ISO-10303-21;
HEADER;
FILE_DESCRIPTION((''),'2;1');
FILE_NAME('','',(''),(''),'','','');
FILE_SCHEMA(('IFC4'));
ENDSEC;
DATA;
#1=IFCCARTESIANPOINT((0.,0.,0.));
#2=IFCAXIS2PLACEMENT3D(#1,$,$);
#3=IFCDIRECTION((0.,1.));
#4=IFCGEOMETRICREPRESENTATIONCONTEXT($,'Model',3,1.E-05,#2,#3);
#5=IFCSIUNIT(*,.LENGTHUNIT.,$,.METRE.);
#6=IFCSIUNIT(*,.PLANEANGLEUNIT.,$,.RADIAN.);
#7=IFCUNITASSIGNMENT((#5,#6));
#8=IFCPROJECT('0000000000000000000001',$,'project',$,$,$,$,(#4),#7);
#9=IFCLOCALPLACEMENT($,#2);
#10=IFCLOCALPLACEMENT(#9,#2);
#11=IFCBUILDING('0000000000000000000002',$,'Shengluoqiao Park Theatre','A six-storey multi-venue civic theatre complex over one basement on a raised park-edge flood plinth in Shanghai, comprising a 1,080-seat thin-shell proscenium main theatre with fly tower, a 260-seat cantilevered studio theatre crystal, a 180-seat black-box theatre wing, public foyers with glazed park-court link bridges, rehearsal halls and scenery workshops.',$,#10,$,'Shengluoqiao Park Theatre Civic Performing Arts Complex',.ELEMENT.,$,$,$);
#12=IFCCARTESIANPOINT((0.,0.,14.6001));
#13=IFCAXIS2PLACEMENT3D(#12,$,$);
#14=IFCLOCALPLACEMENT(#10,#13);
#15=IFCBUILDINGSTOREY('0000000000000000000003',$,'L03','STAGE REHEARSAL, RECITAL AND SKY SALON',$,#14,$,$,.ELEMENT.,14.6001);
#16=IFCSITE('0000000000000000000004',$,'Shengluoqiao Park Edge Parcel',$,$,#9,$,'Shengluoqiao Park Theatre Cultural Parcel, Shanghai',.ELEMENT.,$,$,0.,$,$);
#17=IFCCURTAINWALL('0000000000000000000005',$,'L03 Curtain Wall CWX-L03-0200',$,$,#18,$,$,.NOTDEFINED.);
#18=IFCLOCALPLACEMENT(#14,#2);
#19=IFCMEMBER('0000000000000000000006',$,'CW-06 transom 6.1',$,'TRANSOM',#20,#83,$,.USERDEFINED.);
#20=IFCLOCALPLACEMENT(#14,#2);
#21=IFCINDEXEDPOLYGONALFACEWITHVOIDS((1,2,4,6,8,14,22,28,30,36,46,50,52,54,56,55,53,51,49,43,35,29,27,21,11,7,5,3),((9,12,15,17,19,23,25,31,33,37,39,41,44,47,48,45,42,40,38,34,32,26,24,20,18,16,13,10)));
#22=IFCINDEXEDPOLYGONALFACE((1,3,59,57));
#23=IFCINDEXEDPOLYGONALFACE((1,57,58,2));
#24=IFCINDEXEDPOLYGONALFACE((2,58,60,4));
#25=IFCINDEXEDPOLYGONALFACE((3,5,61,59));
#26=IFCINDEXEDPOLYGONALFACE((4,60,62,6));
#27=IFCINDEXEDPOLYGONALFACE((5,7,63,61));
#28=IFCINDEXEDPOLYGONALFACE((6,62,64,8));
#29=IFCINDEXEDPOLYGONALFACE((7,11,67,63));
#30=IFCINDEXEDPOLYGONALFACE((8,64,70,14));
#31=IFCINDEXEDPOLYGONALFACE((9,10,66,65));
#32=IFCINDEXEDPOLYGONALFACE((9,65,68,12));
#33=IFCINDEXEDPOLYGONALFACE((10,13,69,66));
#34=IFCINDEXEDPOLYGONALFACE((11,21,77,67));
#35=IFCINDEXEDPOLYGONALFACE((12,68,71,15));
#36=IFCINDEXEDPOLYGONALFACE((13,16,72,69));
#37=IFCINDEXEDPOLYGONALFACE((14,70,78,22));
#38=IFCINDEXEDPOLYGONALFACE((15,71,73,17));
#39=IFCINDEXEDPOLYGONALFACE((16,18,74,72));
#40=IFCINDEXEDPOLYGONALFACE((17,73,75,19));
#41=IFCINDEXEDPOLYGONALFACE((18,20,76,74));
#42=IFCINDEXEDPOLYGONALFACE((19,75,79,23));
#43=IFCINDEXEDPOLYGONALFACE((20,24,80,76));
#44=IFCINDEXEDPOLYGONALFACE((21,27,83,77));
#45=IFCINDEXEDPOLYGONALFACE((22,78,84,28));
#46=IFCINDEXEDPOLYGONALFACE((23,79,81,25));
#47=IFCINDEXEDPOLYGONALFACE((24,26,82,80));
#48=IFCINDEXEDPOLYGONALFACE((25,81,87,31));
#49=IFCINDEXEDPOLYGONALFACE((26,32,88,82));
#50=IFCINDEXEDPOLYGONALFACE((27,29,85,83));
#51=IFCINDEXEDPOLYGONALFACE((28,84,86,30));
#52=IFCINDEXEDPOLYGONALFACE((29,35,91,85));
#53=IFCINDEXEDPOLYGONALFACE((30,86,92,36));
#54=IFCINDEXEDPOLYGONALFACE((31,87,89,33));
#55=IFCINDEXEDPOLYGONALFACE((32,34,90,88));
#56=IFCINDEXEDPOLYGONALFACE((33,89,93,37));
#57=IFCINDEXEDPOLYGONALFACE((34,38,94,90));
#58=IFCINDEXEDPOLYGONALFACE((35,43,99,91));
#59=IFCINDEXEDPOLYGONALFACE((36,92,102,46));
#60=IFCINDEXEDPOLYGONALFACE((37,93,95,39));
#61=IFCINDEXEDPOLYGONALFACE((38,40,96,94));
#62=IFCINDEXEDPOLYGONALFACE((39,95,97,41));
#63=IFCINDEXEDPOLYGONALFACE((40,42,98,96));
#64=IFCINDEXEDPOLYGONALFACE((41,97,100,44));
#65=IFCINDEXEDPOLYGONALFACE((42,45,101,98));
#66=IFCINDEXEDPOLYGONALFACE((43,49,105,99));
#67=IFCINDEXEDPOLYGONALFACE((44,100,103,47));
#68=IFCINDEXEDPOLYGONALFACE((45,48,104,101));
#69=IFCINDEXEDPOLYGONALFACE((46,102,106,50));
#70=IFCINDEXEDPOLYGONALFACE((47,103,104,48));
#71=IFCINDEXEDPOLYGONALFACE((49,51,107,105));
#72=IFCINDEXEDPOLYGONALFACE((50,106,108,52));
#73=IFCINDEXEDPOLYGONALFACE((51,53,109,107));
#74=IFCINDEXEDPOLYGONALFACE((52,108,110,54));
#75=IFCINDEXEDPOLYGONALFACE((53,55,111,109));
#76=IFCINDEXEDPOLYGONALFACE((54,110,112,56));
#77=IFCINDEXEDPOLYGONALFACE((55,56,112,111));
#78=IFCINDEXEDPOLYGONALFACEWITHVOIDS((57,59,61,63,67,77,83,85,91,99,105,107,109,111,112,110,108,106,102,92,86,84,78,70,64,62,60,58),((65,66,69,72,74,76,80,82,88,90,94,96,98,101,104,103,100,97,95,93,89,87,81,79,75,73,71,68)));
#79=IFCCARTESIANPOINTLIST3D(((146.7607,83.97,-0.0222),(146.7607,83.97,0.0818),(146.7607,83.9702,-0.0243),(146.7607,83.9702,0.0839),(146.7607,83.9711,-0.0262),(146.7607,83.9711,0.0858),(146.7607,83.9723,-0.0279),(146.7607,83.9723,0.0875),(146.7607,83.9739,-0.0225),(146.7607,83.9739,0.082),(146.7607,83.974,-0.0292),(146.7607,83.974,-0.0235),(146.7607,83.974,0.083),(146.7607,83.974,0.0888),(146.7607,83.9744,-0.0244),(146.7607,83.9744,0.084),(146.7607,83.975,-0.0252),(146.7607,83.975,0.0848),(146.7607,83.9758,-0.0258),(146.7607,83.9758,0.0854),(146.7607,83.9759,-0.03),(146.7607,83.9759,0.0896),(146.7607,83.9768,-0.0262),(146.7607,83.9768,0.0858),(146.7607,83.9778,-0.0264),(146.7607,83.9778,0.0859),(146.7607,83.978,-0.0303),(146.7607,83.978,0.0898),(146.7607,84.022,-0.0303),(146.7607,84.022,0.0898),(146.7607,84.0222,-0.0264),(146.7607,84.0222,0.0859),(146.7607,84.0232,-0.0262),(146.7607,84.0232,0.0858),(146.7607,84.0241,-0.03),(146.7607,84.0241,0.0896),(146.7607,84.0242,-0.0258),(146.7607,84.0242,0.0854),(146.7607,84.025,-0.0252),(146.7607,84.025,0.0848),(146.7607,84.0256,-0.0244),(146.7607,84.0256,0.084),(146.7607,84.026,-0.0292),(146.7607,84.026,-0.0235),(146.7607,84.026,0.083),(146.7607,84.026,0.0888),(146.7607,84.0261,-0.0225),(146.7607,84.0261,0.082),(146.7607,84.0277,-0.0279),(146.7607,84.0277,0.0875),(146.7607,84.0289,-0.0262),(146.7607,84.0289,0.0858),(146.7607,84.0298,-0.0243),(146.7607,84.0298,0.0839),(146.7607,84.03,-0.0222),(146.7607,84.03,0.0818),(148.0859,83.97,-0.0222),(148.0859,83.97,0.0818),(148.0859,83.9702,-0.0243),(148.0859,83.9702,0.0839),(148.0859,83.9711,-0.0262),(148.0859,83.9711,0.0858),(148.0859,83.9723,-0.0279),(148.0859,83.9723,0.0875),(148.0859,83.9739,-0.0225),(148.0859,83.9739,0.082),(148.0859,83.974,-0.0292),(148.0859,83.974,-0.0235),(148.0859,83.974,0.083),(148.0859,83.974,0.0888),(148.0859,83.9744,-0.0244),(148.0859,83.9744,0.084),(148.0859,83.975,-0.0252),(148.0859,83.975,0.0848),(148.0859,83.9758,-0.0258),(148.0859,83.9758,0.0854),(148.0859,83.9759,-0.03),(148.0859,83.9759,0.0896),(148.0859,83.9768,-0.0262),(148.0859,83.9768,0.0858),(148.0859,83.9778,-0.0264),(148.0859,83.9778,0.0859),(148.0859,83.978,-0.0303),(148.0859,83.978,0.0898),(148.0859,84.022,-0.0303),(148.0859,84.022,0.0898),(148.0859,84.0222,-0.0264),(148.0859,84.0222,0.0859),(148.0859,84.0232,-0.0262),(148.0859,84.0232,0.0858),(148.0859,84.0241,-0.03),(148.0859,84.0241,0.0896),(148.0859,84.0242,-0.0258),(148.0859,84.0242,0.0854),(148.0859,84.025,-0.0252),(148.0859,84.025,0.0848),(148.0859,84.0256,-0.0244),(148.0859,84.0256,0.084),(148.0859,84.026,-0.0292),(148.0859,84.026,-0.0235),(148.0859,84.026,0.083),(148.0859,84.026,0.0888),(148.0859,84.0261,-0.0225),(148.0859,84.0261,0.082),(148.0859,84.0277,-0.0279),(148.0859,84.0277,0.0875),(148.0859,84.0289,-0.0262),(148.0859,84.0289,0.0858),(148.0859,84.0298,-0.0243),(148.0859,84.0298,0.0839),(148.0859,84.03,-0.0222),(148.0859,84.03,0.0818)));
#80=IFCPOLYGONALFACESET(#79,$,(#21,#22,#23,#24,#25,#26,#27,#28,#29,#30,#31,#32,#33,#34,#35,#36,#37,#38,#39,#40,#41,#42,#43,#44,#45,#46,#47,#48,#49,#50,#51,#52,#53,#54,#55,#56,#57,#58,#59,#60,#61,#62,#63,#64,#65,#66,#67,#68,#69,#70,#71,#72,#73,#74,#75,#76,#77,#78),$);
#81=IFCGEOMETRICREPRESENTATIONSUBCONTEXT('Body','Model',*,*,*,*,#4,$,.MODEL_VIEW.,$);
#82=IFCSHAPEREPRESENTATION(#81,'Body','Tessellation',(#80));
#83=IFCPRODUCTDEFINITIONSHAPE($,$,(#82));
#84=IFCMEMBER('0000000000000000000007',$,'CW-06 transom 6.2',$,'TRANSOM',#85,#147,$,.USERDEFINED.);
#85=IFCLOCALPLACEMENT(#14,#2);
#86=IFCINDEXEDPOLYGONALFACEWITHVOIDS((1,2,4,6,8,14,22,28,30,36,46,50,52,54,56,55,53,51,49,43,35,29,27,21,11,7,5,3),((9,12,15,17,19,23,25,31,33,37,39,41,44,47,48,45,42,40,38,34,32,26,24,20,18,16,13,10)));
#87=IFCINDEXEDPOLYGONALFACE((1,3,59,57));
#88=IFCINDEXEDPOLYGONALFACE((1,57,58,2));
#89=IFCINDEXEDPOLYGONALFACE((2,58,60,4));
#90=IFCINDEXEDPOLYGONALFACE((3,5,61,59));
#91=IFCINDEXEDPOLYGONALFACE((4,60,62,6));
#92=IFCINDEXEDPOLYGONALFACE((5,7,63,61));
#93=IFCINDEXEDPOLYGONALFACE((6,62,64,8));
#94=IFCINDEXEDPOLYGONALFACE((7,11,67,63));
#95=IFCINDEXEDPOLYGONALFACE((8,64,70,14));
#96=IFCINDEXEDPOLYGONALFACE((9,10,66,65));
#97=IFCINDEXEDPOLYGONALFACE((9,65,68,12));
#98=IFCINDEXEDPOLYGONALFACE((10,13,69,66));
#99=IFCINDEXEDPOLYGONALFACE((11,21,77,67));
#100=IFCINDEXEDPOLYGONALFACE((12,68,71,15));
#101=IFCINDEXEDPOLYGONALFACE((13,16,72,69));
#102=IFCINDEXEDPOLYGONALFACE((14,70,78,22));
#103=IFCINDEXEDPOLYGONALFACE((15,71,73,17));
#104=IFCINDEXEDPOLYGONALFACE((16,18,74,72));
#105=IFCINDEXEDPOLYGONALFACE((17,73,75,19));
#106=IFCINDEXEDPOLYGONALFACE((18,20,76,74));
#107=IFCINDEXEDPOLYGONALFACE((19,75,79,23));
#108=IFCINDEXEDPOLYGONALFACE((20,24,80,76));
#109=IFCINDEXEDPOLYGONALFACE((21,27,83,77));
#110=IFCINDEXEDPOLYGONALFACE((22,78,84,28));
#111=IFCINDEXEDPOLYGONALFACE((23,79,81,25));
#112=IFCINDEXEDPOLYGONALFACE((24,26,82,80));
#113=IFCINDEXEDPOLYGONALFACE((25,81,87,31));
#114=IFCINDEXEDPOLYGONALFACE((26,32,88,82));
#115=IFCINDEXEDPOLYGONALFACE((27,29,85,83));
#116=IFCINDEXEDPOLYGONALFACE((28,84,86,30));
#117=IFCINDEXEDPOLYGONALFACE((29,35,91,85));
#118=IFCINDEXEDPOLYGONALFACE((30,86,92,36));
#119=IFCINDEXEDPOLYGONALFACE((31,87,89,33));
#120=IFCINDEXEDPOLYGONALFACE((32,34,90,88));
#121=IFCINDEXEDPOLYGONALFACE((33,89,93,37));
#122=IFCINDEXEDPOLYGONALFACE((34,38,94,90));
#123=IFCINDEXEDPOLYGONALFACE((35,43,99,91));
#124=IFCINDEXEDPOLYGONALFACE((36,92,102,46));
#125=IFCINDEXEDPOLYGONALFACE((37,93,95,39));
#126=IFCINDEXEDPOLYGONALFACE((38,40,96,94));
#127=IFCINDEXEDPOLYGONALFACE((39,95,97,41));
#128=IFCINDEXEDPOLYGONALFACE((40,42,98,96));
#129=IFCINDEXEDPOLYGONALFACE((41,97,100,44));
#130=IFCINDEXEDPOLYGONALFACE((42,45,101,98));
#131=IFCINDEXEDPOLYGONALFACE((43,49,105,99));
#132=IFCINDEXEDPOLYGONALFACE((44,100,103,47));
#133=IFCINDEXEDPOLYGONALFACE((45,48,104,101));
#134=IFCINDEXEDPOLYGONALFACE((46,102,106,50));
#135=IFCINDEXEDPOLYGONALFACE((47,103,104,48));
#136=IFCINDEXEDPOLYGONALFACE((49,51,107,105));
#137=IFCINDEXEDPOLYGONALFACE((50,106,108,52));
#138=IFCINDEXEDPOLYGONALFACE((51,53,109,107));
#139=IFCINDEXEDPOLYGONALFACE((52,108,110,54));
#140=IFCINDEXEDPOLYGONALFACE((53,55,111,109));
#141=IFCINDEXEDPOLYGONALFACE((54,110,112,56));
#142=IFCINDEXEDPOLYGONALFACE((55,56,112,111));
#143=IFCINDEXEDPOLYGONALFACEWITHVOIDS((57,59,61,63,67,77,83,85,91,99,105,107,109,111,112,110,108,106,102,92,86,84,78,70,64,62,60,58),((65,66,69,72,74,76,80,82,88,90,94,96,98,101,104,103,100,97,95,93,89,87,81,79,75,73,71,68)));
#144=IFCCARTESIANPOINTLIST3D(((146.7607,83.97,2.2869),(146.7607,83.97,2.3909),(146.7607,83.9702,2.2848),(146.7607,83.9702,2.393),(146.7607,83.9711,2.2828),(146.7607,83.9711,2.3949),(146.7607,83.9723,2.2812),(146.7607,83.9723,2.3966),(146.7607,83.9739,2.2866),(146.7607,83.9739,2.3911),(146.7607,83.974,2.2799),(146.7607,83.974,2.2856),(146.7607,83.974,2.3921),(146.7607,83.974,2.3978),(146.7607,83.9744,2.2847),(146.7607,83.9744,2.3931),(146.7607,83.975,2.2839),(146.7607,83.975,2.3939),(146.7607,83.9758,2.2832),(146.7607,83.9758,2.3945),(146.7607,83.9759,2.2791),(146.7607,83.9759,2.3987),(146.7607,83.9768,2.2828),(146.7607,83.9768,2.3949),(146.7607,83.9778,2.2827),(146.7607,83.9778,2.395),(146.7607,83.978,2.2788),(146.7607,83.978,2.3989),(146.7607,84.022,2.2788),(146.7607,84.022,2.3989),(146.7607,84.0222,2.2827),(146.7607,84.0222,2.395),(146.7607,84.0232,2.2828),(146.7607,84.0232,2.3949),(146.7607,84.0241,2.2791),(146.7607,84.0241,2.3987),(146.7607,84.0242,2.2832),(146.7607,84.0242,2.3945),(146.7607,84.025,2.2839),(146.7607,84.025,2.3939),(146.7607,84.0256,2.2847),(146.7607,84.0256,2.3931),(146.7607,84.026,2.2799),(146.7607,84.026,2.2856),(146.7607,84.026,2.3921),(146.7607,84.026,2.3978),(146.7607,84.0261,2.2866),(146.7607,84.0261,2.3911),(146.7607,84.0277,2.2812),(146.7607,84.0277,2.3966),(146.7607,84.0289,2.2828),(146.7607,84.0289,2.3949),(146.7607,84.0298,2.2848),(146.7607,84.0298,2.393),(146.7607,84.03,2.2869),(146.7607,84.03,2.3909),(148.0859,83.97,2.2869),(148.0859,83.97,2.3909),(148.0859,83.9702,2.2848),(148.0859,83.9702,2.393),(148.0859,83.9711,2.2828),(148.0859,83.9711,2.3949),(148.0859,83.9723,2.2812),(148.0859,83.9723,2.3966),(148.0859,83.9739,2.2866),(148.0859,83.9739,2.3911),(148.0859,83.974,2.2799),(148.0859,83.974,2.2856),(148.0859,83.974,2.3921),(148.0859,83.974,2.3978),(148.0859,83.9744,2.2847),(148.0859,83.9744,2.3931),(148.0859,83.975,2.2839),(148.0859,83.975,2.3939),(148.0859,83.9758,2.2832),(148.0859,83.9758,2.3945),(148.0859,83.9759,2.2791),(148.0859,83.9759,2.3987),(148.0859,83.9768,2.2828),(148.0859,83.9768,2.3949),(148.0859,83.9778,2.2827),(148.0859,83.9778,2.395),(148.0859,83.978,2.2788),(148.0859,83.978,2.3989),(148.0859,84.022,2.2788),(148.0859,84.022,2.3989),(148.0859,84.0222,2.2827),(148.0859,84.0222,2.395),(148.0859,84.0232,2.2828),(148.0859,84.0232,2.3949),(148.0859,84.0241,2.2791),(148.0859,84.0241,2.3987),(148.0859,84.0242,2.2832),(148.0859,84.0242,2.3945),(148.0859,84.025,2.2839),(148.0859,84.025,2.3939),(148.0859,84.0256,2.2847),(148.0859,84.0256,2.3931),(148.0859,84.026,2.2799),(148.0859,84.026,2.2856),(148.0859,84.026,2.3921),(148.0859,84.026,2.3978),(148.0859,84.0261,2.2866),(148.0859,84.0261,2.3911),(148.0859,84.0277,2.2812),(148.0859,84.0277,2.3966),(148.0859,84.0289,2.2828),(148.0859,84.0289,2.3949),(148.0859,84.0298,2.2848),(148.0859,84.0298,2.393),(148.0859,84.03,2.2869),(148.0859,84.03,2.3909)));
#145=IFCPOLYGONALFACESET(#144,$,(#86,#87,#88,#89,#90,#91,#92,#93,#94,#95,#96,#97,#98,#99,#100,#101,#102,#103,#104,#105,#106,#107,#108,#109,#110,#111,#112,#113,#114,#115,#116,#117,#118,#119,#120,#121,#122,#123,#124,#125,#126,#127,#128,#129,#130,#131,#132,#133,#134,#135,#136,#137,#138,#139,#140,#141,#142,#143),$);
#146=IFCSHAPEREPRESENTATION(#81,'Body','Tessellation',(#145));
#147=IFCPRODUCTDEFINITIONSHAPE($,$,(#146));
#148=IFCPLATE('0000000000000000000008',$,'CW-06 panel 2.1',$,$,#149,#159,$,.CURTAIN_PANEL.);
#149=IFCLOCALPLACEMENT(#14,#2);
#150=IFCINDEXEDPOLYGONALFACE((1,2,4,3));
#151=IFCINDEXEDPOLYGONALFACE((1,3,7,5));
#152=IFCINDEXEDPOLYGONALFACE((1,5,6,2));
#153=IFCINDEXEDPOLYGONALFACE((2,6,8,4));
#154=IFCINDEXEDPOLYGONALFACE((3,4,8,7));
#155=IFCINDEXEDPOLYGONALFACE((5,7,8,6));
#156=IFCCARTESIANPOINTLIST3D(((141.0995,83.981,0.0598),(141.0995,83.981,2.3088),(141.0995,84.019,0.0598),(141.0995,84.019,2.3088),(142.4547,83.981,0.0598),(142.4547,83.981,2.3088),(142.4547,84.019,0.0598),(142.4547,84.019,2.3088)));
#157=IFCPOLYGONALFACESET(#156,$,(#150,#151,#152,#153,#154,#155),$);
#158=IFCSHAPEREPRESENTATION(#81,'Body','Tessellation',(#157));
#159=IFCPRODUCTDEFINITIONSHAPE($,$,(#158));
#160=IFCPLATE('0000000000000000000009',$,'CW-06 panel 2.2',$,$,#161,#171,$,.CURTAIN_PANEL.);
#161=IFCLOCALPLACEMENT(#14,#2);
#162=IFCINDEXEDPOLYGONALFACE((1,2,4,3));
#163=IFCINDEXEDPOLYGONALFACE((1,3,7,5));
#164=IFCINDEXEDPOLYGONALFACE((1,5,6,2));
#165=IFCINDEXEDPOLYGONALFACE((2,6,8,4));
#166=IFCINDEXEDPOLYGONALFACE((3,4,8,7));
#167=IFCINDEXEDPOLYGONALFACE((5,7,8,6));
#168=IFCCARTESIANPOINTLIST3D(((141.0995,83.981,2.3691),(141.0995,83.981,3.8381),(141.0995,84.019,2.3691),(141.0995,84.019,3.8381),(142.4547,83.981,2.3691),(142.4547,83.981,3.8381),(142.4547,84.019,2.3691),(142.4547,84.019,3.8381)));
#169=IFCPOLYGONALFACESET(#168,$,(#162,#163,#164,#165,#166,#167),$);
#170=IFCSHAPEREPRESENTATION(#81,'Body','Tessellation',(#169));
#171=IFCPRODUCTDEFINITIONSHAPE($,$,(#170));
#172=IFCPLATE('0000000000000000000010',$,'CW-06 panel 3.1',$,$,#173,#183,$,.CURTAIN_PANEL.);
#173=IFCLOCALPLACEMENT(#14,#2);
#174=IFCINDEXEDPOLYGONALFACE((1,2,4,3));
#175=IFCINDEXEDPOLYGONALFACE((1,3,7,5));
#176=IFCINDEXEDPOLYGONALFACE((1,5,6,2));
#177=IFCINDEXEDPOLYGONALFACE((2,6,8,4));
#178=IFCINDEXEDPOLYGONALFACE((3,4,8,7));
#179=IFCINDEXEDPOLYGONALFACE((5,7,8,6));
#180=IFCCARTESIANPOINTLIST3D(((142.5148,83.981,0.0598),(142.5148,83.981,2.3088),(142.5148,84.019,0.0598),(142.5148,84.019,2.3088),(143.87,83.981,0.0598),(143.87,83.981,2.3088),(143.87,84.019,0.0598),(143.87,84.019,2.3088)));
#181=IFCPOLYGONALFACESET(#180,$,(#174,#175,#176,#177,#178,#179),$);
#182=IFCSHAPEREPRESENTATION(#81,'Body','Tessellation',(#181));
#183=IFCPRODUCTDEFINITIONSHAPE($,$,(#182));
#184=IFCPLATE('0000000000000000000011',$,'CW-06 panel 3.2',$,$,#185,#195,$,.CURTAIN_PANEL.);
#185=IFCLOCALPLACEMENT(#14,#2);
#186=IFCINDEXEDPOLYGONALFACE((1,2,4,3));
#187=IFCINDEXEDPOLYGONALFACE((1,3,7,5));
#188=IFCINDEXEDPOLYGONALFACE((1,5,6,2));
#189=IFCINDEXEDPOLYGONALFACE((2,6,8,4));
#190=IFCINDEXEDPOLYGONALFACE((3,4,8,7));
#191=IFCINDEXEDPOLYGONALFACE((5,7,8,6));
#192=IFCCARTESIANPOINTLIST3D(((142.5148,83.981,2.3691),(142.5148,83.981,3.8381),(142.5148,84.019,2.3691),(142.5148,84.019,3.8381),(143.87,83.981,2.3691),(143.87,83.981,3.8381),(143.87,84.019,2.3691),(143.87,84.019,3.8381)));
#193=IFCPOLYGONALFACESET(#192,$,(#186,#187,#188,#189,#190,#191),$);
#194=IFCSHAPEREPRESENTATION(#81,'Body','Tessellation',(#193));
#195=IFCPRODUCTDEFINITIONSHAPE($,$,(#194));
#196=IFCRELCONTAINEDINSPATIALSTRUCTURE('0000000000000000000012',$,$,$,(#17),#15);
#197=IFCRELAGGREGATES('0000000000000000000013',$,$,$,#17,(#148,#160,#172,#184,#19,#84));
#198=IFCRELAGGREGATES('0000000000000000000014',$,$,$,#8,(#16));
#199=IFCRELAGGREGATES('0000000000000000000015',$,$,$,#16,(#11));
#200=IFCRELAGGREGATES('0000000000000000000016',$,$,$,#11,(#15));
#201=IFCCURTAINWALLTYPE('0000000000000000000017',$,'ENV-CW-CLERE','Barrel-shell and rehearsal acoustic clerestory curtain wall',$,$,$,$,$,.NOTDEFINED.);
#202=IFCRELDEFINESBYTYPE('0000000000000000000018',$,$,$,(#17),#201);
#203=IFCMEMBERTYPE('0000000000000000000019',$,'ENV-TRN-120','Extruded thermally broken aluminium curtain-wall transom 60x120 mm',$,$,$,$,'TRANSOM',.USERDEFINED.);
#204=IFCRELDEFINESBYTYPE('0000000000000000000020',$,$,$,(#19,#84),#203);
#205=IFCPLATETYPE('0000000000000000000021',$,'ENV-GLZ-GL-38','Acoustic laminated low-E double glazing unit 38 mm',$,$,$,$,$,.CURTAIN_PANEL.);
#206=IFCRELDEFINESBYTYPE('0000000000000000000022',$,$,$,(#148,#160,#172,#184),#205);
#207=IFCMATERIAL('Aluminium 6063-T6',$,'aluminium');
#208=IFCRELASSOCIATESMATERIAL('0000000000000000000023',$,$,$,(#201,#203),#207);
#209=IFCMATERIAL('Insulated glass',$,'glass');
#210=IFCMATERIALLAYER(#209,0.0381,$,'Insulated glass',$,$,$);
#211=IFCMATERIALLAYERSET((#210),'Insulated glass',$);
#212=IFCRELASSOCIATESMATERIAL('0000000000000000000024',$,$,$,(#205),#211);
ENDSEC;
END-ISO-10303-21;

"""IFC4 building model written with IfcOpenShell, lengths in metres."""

from ifc_helpers import new_model, si_unit, direction, frame, origin, origin_2d, place, context, subcontext, project, spatial, rectangle, hollow_rectangle, extrude, material, layer, layer_set, material_profile, profile_set, type_object, element, aggregate, save


model = new_model("IFC4")

# Units and contexts
model_context = context("Model", 3, precision=1e-05, world=origin(), true_north=direction((0.0, 1.0)))
body_context = subcontext(model_context, "Body", "Model", "MODEL_VIEW")
ifc_project = project(units=[si_unit("LENGTHUNIT", "METRE"), si_unit("PLANEANGLEUNIT", "RADIAN")], contexts=[model_context])

# Site, building, storey
site_placement = place(None, origin())
site = spatial("IfcSite", under=ifc_project, at=site_placement, Name="Shengluoqiao Park Edge Parcel", LongName="Shengluoqiao Park Theatre Cultural Parcel, Shanghai", CompositionType="ELEMENT", RefElevation=0.0)
building_placement = place(site_placement, origin())
building = spatial("IfcBuilding", under=site, at=building_placement, Name="Shengluoqiao Park Theatre", Description="A six-storey multi-venue civic theatre complex over one basement on a raised park-edge flood plinth in Shanghai, comprising a 1,080-seat thin-shell proscenium main theatre with fly tower, a 260-seat cantilevered studio theatre crystal, a 180-seat black-box theatre wing, public foyers with glazed park-court link bridges, rehearsal halls and scenery workshops.", LongName="Shengluoqiao Park Theatre Civic Performing Arts Complex", CompositionType="ELEMENT")
storey_placement = place(building_placement, frame((0.0, 0.0, 14.6001)))
storey = spatial("IfcBuildingStorey", under=building, at=storey_placement, Name="L03", Description="STAGE REHEARSAL, RECITAL AND SKY SALON", CompositionType="ELEMENT", Elevation=14.6001)

# Curtain wall, members, plates
ifc_material_1 = material(Name="Aluminium 6063-T6", Category="aluminium")
curtain_wall_type = type_object("IfcCurtainWallType", Name="ENV-CW-CLERE", Description="Barrel-shell and rehearsal acoustic clerestory curtain wall", PredefinedType="NOTDEFINED", material=ifc_material_1)
curtain_wall_placement = place(storey_placement, origin())
curtain_wall = element("IfcCurtainWall", 1, at=curtain_wall_placement, inside=storey, type_object=curtain_wall_type, Name="L03 Curtain Wall CWX-L03-0200", PredefinedType="NOTDEFINED")
ifc_material_profile_1 = material_profile(ifc_material_1, hollow_rectangle(XDim=0.0601, YDim=0.1201, WallThickness=0.0039, InnerFilletRadius=0.0039, OuterFilletRadius=0.0081, at=origin_2d()), Name="ALU TRANSOM 120x60x4")
ifc_profile_set_1 = profile_set([ifc_material_profile_1], Name="Aluminium 6063-T6")
member_type_1 = type_object("IfcMemberType", Name="ENV-TRN-120", Description="Extruded thermally broken aluminium curtain-wall transom 60x120 mm", ElementType="TRANSOM", PredefinedType="USERDEFINED", material=ifc_profile_set_1)
member_1_placement = place(storey_placement, frame((146.7607, 84.0, 0.0298), z_axis=(1.0, 0.0, 0.0), x_axis=(0.0, 1.0, 0.0)))
member_1 = element("IfcMember", 2, at=member_1_placement, type_object=member_type_1, Name="CW-06 transom 6.1", ObjectType="TRANSOM", PredefinedType="USERDEFINED", context=body_context, shape_type="SweptSolid", body=[
    extrude(hollow_rectangle(XDim=0.0601, YDim=0.1201, WallThickness=0.0039, InnerFilletRadius=0.0039, OuterFilletRadius=0.0081, at=origin_2d()), origin(), (0.0, 0.0, 1.0), 1.3252),
])
member_2_placement = place(storey_placement, frame((146.7607, 84.0, 2.3389), z_axis=(1.0, 0.0, 0.0), x_axis=(0.0, 1.0, 0.0)))
member_2 = element("IfcMember", 3, at=member_2_placement, type_object=member_type_1, Name="CW-06 transom 6.2", ObjectType="TRANSOM", PredefinedType="USERDEFINED", context=body_context, shape_type="SweptSolid", body=[
    extrude(hollow_rectangle(XDim=0.0601, YDim=0.1201, WallThickness=0.0039, InnerFilletRadius=0.0039, OuterFilletRadius=0.0081, at=origin_2d()), origin(), (0.0, 0.0, 1.0), 1.3252),
])
ifc_material_2 = material(Name="Insulated glass", Category="glass")
ifc_layer_1 = layer(ifc_material_2, 0.0381, Name="Insulated glass")
ifc_layer_set_1 = layer_set([ifc_layer_1], Name="Insulated glass")
plate_type = type_object("IfcPlateType", Name="ENV-GLZ-GL-38", Description="Acoustic laminated low-E double glazing unit 38 mm", PredefinedType="CURTAIN_PANEL", material=ifc_layer_set_1)
plate_1_placement = place(storey_placement, frame((141.7771, 84.0, 0.0598), z_axis=(0.0, 0.0, 1.0), x_axis=(1.0, 0.0, 0.0)))
plate_1 = element("IfcPlate", 4, at=plate_1_placement, type_object=plate_type, Name="CW-06 panel 2.1", PredefinedType="CURTAIN_PANEL", context=body_context, shape_type="SweptSolid", body=[
    extrude(rectangle(XDim=1.3552, YDim=0.0381, at=origin_2d()), origin(), (0.0, 0.0, 1.0), 2.249),
])
plate_2_placement = place(storey_placement, frame((141.7771, 84.0, 2.3691), z_axis=(0.0, 0.0, 1.0), x_axis=(1.0, 0.0, 0.0)))
plate_2 = element("IfcPlate", 5, at=plate_2_placement, type_object=plate_type, Name="CW-06 panel 2.2", PredefinedType="CURTAIN_PANEL", context=body_context, shape_type="SweptSolid", body=[
    extrude(rectangle(XDim=1.3552, YDim=0.0381, at=origin_2d()), origin(), (0.0, 0.0, 1.0), 1.469),
])
plate_3_placement = place(storey_placement, frame((143.1924, 84.0, 0.0598), z_axis=(0.0, 0.0, 1.0), x_axis=(1.0, 0.0, 0.0)))
plate_3 = element("IfcPlate", 6, at=plate_3_placement, type_object=plate_type, Name="CW-06 panel 3.1", PredefinedType="CURTAIN_PANEL", context=body_context, shape_type="SweptSolid", body=[
    extrude(rectangle(XDim=1.3552, YDim=0.0381, at=origin_2d()), origin(), (0.0, 0.0, 1.0), 2.249),
])
plate_4_placement = place(storey_placement, frame((143.1924, 84.0, 2.3691), z_axis=(0.0, 0.0, 1.0), x_axis=(1.0, 0.0, 0.0)))
plate_4 = element("IfcPlate", 7, at=plate_4_placement, type_object=plate_type, Name="CW-06 panel 3.2", PredefinedType="CURTAIN_PANEL", context=body_context, shape_type="SweptSolid", body=[
    extrude(rectangle(XDim=1.3552, YDim=0.0381, at=origin_2d()), origin(), (0.0, 0.0, 1.0), 1.469),
])
aggregate(curtain_wall, [plate_1, plate_2, plate_3, plate_4, member_1, member_2])

save(model, "model.ifc")
